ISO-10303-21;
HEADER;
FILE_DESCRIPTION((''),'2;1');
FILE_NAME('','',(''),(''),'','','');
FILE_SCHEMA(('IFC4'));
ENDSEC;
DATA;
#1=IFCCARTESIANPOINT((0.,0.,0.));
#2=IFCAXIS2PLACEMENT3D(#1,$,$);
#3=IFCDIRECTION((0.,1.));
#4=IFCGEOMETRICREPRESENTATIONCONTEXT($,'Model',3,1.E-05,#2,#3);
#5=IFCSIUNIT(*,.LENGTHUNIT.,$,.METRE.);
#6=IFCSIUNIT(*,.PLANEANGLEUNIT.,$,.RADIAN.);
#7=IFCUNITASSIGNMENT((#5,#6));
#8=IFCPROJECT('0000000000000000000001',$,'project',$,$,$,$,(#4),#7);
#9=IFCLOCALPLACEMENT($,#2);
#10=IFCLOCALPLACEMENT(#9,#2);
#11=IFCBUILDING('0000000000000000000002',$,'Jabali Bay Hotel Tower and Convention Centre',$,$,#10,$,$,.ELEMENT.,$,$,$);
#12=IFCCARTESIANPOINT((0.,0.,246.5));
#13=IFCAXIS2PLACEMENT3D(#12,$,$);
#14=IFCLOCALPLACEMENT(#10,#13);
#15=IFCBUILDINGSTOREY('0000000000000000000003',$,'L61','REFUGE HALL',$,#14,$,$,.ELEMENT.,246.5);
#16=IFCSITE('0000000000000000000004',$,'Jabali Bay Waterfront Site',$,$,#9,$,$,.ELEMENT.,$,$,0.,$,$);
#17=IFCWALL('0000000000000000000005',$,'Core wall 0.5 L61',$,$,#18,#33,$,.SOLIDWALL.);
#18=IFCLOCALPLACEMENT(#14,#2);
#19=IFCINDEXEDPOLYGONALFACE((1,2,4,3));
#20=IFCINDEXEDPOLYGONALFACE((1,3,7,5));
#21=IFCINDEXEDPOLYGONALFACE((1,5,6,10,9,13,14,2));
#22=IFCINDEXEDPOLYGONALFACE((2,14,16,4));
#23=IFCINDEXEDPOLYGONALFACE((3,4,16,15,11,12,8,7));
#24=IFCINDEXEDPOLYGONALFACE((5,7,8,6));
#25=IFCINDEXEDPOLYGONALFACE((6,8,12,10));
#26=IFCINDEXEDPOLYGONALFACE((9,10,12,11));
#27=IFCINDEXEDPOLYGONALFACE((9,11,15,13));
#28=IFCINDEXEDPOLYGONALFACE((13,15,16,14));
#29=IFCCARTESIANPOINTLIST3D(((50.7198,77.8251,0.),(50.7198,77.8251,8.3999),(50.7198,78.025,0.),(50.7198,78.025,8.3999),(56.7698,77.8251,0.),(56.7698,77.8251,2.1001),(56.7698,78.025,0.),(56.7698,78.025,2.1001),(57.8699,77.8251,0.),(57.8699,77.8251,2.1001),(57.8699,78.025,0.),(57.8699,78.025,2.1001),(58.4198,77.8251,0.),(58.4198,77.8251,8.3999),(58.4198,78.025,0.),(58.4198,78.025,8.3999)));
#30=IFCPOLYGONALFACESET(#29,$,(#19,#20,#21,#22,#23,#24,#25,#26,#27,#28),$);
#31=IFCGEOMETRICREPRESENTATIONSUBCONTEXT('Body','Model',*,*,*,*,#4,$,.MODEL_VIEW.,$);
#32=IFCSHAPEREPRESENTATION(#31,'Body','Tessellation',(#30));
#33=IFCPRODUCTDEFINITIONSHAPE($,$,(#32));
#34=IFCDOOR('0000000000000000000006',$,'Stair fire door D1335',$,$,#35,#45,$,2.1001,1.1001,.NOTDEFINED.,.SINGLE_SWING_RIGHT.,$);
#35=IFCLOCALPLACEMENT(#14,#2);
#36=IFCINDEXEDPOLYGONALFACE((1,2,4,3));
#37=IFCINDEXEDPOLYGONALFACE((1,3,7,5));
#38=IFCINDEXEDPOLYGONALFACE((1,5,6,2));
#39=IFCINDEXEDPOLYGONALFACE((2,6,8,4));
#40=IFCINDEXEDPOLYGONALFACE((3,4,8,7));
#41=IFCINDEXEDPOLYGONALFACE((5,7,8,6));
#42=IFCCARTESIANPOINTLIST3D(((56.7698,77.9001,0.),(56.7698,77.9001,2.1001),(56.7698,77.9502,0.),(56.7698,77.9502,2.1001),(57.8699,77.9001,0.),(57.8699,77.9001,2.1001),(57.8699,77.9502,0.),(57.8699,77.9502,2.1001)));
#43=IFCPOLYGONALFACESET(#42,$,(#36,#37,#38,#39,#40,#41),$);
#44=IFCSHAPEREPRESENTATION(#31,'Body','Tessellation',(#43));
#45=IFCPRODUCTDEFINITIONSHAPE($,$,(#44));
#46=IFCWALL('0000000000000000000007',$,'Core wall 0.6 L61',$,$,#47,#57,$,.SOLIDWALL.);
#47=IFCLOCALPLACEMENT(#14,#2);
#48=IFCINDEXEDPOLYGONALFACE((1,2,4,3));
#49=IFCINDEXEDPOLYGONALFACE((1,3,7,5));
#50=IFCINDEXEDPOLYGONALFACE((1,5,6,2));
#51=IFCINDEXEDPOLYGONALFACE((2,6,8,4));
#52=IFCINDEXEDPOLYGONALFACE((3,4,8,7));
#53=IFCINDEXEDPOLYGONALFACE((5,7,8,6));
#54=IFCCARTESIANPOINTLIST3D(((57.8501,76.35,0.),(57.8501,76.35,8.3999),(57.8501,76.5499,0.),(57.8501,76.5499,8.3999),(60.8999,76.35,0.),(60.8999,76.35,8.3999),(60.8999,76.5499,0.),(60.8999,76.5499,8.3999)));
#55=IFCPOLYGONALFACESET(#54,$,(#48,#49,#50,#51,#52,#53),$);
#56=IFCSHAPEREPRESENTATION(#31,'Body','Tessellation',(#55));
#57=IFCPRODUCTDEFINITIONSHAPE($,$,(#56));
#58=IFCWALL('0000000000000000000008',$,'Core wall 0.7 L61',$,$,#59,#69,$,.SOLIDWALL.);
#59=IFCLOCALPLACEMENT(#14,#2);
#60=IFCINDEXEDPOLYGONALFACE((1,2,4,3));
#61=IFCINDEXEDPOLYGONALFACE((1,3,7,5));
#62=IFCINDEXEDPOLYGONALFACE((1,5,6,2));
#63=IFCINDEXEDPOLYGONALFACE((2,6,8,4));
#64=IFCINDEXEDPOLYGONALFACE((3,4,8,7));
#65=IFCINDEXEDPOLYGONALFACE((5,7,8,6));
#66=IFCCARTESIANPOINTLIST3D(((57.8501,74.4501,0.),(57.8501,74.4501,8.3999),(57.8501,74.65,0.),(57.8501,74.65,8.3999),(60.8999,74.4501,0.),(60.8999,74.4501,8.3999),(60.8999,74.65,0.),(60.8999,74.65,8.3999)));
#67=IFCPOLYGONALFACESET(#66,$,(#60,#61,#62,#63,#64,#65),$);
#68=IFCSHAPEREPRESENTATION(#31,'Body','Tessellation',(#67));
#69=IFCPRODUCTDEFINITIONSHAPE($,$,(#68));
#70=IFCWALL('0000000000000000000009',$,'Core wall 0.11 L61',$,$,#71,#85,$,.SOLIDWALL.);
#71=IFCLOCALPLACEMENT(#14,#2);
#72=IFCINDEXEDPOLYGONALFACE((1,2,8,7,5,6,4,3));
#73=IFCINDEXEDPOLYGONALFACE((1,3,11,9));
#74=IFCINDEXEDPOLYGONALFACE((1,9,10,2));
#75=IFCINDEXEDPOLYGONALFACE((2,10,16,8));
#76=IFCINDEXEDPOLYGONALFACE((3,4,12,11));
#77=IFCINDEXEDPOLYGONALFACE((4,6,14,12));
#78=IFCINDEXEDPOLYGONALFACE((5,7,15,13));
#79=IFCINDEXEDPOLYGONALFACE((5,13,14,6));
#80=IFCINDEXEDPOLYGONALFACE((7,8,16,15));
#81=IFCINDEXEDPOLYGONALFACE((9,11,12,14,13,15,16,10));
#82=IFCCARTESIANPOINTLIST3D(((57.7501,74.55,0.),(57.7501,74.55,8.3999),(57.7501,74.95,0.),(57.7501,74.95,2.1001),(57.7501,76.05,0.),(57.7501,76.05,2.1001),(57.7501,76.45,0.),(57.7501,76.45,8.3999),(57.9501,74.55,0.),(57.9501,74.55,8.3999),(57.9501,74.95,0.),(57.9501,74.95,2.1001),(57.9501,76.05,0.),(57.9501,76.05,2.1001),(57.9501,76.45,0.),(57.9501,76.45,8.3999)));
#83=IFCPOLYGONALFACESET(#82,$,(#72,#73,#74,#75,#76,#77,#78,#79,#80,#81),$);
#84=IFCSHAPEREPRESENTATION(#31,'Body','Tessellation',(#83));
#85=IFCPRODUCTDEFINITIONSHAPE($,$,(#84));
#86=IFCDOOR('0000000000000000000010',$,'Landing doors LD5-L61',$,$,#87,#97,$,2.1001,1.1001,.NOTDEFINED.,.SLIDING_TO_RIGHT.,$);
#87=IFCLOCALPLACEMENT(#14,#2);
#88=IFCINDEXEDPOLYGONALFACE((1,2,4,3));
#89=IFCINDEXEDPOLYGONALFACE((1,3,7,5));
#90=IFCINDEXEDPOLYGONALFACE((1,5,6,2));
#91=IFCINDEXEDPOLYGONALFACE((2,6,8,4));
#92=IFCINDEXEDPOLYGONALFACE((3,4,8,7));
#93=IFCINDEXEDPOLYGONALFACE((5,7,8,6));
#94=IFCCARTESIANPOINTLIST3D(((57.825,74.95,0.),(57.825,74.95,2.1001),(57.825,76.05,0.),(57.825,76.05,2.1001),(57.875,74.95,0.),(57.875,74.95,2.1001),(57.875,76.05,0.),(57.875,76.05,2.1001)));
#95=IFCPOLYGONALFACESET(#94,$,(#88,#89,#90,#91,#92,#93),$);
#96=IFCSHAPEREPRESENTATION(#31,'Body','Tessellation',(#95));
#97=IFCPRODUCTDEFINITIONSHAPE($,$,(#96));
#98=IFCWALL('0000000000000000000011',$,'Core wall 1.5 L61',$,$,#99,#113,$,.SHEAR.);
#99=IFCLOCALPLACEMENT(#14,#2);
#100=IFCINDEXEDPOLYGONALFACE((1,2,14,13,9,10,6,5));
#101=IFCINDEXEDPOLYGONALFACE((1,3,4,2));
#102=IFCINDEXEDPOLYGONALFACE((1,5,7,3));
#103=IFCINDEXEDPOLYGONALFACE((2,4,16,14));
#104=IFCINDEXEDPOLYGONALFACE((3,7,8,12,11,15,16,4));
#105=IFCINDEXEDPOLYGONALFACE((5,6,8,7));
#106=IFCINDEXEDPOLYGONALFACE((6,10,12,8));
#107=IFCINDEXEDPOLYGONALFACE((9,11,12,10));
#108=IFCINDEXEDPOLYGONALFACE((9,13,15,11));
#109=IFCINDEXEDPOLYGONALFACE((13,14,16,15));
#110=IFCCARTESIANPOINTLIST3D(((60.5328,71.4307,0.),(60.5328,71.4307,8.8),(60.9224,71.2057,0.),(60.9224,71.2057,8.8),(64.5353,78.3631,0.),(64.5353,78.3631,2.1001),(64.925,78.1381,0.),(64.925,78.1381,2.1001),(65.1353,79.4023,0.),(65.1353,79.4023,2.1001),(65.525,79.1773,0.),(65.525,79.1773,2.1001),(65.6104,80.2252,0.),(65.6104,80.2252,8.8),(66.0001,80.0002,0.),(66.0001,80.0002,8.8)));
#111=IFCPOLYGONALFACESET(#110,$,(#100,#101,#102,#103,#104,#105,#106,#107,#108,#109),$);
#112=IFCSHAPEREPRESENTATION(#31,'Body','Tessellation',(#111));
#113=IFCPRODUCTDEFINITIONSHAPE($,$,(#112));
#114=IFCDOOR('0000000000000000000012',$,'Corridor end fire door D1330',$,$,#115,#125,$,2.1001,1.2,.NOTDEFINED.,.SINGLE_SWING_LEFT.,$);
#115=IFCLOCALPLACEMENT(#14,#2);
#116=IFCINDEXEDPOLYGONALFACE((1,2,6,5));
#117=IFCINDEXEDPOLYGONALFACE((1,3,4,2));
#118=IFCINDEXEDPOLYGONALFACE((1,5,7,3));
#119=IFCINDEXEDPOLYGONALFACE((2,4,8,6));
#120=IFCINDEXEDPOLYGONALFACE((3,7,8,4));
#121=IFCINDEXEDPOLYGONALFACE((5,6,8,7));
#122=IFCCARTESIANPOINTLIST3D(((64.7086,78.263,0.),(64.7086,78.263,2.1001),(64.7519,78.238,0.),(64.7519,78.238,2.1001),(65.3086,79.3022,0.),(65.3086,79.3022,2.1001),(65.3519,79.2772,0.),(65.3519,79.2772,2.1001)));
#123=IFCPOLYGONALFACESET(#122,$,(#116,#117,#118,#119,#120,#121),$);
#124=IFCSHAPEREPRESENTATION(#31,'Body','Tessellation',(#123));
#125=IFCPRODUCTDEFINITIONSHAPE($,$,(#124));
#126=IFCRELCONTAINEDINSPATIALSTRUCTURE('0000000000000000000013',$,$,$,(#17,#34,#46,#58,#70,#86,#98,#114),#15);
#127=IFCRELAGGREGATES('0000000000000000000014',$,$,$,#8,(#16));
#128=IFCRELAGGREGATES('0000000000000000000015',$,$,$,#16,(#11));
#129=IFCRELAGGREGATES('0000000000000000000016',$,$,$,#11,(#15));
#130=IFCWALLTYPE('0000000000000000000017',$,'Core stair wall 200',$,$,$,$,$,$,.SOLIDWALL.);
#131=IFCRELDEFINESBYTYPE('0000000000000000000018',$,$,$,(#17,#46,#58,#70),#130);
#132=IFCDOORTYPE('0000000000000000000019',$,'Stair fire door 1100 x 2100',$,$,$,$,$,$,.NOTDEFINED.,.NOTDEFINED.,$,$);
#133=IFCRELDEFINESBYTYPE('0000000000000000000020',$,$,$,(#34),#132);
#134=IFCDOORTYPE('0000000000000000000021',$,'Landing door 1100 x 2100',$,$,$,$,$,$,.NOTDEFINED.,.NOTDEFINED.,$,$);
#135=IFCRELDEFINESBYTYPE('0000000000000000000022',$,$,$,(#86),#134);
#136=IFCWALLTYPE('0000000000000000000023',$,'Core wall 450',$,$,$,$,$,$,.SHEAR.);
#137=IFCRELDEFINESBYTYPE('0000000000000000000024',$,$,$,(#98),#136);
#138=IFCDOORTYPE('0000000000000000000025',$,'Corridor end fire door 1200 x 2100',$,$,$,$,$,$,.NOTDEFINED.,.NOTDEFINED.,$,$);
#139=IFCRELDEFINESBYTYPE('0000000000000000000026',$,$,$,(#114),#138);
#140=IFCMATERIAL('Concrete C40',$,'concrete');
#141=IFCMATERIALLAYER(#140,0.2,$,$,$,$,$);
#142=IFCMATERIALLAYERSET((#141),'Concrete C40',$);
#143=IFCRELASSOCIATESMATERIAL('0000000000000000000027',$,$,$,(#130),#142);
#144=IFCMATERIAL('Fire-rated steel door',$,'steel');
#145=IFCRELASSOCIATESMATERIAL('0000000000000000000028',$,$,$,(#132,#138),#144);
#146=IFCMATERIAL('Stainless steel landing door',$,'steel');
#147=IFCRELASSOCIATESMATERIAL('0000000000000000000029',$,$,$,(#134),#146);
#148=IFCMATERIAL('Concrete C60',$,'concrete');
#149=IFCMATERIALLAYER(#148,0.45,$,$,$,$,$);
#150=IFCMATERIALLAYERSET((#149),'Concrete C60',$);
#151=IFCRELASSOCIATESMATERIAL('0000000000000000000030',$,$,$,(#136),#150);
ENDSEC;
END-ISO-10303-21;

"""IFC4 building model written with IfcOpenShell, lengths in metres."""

from ifc_helpers import new_model, si_unit, direction, frame, frame_2d, origin, place, context, subcontext, project, spatial, rectangle, extrude, material, layer, layer_set, type_object, element, fill, save


model = new_model("IFC4")

# Units and contexts
model_context = context("Model", 3, precision=1e-05, world=origin(), true_north=direction((0.0, 1.0)))
body_context = subcontext(model_context, "Body", "Model", "MODEL_VIEW")
ifc_project = project(units=[si_unit("LENGTHUNIT", "METRE"), si_unit("PLANEANGLEUNIT", "RADIAN")], contexts=[model_context])

# Site, building, storey
site_placement = place(None, origin())
site = spatial("IfcSite", under=ifc_project, at=site_placement, Name="Jabali Bay Waterfront Site", CompositionType="ELEMENT", RefElevation=0.0)
building_placement = place(site_placement, origin())
building = spatial("IfcBuilding", under=site, at=building_placement, Name="Jabali Bay Hotel Tower and Convention Centre", CompositionType="ELEMENT")
storey_placement = place(building_placement, frame((0.0, 0.0, 246.5)))
storey = spatial("IfcBuildingStorey", under=building, at=storey_placement, Name="L61", Description="REFUGE HALL", CompositionType="ELEMENT", Elevation=246.5)

# Shared definitions
ifc_material_1 = material(Name="Concrete C60", Category="concrete")

# Wall, opening, door
ifc_material_2 = material(Name="Concrete C40", Category="concrete")
ifc_material_3 = material(Name="Fire-rated steel door", Category="steel")
ifc_layer_1 = layer(ifc_material_2, 0.2)
ifc_layer_set_1 = layer_set([ifc_layer_1], Name="Concrete C40")
wall_type_1 = type_object("IfcWallType", Name="Core stair wall 200", PredefinedType="SOLIDWALL", material=ifc_layer_set_1)
wall_1_placement = place(storey_placement, frame((58.4199, 77.925, 0.0), z_axis=(0.0, 0.0, 1.0), x_axis=(-1.0, 0.0, 0.0)))
wall_1 = element("IfcWall", 1, at=wall_1_placement, inside=storey, type_object=wall_type_1, Name="Core wall 0.5 L61", PredefinedType="SOLIDWALL", context=body_context, shape_type="SweptSolid", body=[
    extrude(rectangle(XDim=7.7, YDim=0.2, at=frame_2d((3.8501, 0.0))), origin(), (0.0, 0.0, 1.0), 8.3999),
])
opening_1_placement = place(wall_1_placement, frame((0.55, 0.0, 0.0)))
opening_1 = element("IfcOpeningElement", 2, at=opening_1_placement, cuts=wall_1, PredefinedType="OPENING", context=body_context, shape_type="SweptSolid", body=[
    extrude(rectangle(XDim=1.1001, YDim=2.1001, at=frame_2d((0.55, 1.05))), frame((0.0, 0.1104, 0.0), z_axis=(0.0, -1.0, 0.0), x_axis=(1.0, 0.0, 0.0)), (0.0, 0.0, 1.0), 0.2209),
])
door_type_1 = type_object("IfcDoorType", Name="Stair fire door 1100 x 2100", OperationType="NOTDEFINED", PredefinedType="NOTDEFINED", material=ifc_material_3)
door_1_placement = place(opening_1_placement, origin())
door_1 = element("IfcDoor", 3, at=door_1_placement, inside=storey, type_object=door_type_1, Name="Stair fire door D1335", OperationType="SINGLE_SWING_RIGHT", OverallHeight=2.1001, OverallWidth=1.1001, PredefinedType="NOTDEFINED", context=body_context, shape_type="SweptSolid", body=[
    extrude(rectangle(XDim=1.1001, YDim=2.1001, at=frame_2d((0.55, 1.05))), frame((0.0, 0.0249, 0.0), z_axis=(0.0, -1.0, 0.0), x_axis=(1.0, 0.0, 0.0)), (0.0, 0.0, 1.0), 0.05),
])
fill(opening_1, door_1)

# Walls
for number, where, z_axis, x_axis, name in (
    (4, (60.8999, 76.45, 0.0), (0.0, 0.0, 1.0), (-1.0, 0.0, 0.0), "Core wall 0.6 L61"),
    (5, (60.8999, 74.55, 0.0), (0.0, 0.0, 1.0), (-1.0, 0.0, 0.0), "Core wall 0.7 L61"),
):
    element("IfcWall", number, at=place(storey_placement, frame(where, z_axis=z_axis, x_axis=x_axis)), inside=storey, type_object=wall_type_1, Name=name, PredefinedType="SOLIDWALL", context=body_context, shape_type="SweptSolid", body=[
        extrude(rectangle(XDim=3.0498, YDim=0.2, at=frame_2d((1.5249, 0.0))), origin(), (0.0, 0.0, 1.0), 8.3999),
    ])

# Walls, openings, doors
wall_2_placement = place(storey_placement, frame((57.8501, 76.45, 0.0), z_axis=(0.0, 0.0, 1.0), x_axis=(0.0, -1.0, 0.0)))
wall_2 = element("IfcWall", 6, at=wall_2_placement, inside=storey, type_object=wall_type_1, Name="Core wall 0.11 L61", PredefinedType="SOLIDWALL", context=body_context, shape_type="SweptSolid", body=[
    extrude(rectangle(XDim=1.8999, YDim=0.2, at=frame_2d((0.95, 0.0))), origin(), (0.0, 0.0, 1.0), 8.3999),
])
opening_2_placement = place(wall_2_placement, frame((0.3999, 0.0, 0.0)))
opening_2 = element("IfcOpeningElement", 7, at=opening_2_placement, cuts=wall_2, PredefinedType="OPENING", context=body_context, shape_type="SweptSolid", body=[
    extrude(rectangle(XDim=1.1001, YDim=2.1001, at=frame_2d((0.55, 1.05))), frame((0.0, 0.1104, 0.0), z_axis=(0.0, -1.0, 0.0), x_axis=(1.0, 0.0, 0.0)), (0.0, 0.0, 1.0), 0.2209),
])
ifc_material_4 = material(Name="Stainless steel landing door", Category="steel")
door_type_2 = type_object("IfcDoorType", Name="Landing door 1100 x 2100", OperationType="NOTDEFINED", PredefinedType="NOTDEFINED", material=ifc_material_4)
door_2_placement = place(opening_2_placement, origin())
door_2 = element("IfcDoor", 8, at=door_2_placement, inside=storey, type_object=door_type_2, Name="Landing doors LD5-L61", OperationType="SLIDING_TO_RIGHT", OverallHeight=2.1001, OverallWidth=1.1001, PredefinedType="NOTDEFINED", context=body_context, shape_type="SweptSolid", body=[
    extrude(rectangle(XDim=1.1001, YDim=2.1001, at=frame_2d((0.55, 1.05))), frame((0.0, 0.0249, 0.0), z_axis=(0.0, -1.0, 0.0), x_axis=(1.0, 0.0, 0.0)), (0.0, 0.0, 1.0), 0.05),
])
fill(opening_2, door_2)
ifc_layer_2 = layer(ifc_material_1, 0.45)
ifc_layer_set_2 = layer_set([ifc_layer_2], Name="Concrete C60")
wall_type_2 = type_object("IfcWallType", Name="Core wall 450", PredefinedType="SHEAR", material=ifc_layer_set_2)
wall_3_placement = place(storey_placement, frame((60.7275, 71.3181, 0.0), z_axis=(0.0, 0.0, 1.0), x_axis=(0.500012, 0.866018, 0.0)))
wall_3 = element("IfcWall", 9, at=wall_3_placement, inside=storey, type_object=wall_type_2, Name="Core wall 1.5 L61", PredefinedType="SHEAR", context=body_context, shape_type="SweptSolid", body=[
    extrude(rectangle(XDim=10.155, YDim=0.45, at=frame_2d((5.0776, 0.0))), origin(), (0.0, 0.0, 1.0), 8.8),
])
opening_3_placement = place(wall_3_placement, frame((8.0049, 0.0, 0.0)))
opening_3 = element("IfcOpeningElement", 10, at=opening_3_placement, cuts=wall_3, PredefinedType="OPENING", context=body_context, shape_type="SweptSolid", body=[
    extrude(rectangle(XDim=1.2, YDim=2.1001, at=frame_2d((0.6001, 1.05))), frame((0.0, 0.2354, 0.0), z_axis=(0.0, -1.0, 0.0), x_axis=(1.0, 0.0, 0.0)), (0.0, 0.0, 1.0), 0.4709),
])
door_type_3 = type_object("IfcDoorType", Name="Corridor end fire door 1200 x 2100", OperationType="NOTDEFINED", PredefinedType="NOTDEFINED", material=ifc_material_3)
door_3_placement = place(opening_3_placement, origin())
door_3 = element("IfcDoor", 11, at=door_3_placement, inside=storey, type_object=door_type_3, Name="Corridor end fire door D1330", OperationType="SINGLE_SWING_LEFT", OverallHeight=2.1001, OverallWidth=1.2, PredefinedType="NOTDEFINED", context=body_context, shape_type="SweptSolid", body=[
    extrude(rectangle(XDim=1.2, YDim=2.1001, at=frame_2d((0.6001, 1.05))), frame((0.0, 0.0249, 0.0), z_axis=(0.0, -1.0, 0.0), x_axis=(1.0, 0.0, 0.0)), (0.0, 0.0, 1.0), 0.05),
])
fill(opening_3, door_3)

save(model, "model.ifc")
